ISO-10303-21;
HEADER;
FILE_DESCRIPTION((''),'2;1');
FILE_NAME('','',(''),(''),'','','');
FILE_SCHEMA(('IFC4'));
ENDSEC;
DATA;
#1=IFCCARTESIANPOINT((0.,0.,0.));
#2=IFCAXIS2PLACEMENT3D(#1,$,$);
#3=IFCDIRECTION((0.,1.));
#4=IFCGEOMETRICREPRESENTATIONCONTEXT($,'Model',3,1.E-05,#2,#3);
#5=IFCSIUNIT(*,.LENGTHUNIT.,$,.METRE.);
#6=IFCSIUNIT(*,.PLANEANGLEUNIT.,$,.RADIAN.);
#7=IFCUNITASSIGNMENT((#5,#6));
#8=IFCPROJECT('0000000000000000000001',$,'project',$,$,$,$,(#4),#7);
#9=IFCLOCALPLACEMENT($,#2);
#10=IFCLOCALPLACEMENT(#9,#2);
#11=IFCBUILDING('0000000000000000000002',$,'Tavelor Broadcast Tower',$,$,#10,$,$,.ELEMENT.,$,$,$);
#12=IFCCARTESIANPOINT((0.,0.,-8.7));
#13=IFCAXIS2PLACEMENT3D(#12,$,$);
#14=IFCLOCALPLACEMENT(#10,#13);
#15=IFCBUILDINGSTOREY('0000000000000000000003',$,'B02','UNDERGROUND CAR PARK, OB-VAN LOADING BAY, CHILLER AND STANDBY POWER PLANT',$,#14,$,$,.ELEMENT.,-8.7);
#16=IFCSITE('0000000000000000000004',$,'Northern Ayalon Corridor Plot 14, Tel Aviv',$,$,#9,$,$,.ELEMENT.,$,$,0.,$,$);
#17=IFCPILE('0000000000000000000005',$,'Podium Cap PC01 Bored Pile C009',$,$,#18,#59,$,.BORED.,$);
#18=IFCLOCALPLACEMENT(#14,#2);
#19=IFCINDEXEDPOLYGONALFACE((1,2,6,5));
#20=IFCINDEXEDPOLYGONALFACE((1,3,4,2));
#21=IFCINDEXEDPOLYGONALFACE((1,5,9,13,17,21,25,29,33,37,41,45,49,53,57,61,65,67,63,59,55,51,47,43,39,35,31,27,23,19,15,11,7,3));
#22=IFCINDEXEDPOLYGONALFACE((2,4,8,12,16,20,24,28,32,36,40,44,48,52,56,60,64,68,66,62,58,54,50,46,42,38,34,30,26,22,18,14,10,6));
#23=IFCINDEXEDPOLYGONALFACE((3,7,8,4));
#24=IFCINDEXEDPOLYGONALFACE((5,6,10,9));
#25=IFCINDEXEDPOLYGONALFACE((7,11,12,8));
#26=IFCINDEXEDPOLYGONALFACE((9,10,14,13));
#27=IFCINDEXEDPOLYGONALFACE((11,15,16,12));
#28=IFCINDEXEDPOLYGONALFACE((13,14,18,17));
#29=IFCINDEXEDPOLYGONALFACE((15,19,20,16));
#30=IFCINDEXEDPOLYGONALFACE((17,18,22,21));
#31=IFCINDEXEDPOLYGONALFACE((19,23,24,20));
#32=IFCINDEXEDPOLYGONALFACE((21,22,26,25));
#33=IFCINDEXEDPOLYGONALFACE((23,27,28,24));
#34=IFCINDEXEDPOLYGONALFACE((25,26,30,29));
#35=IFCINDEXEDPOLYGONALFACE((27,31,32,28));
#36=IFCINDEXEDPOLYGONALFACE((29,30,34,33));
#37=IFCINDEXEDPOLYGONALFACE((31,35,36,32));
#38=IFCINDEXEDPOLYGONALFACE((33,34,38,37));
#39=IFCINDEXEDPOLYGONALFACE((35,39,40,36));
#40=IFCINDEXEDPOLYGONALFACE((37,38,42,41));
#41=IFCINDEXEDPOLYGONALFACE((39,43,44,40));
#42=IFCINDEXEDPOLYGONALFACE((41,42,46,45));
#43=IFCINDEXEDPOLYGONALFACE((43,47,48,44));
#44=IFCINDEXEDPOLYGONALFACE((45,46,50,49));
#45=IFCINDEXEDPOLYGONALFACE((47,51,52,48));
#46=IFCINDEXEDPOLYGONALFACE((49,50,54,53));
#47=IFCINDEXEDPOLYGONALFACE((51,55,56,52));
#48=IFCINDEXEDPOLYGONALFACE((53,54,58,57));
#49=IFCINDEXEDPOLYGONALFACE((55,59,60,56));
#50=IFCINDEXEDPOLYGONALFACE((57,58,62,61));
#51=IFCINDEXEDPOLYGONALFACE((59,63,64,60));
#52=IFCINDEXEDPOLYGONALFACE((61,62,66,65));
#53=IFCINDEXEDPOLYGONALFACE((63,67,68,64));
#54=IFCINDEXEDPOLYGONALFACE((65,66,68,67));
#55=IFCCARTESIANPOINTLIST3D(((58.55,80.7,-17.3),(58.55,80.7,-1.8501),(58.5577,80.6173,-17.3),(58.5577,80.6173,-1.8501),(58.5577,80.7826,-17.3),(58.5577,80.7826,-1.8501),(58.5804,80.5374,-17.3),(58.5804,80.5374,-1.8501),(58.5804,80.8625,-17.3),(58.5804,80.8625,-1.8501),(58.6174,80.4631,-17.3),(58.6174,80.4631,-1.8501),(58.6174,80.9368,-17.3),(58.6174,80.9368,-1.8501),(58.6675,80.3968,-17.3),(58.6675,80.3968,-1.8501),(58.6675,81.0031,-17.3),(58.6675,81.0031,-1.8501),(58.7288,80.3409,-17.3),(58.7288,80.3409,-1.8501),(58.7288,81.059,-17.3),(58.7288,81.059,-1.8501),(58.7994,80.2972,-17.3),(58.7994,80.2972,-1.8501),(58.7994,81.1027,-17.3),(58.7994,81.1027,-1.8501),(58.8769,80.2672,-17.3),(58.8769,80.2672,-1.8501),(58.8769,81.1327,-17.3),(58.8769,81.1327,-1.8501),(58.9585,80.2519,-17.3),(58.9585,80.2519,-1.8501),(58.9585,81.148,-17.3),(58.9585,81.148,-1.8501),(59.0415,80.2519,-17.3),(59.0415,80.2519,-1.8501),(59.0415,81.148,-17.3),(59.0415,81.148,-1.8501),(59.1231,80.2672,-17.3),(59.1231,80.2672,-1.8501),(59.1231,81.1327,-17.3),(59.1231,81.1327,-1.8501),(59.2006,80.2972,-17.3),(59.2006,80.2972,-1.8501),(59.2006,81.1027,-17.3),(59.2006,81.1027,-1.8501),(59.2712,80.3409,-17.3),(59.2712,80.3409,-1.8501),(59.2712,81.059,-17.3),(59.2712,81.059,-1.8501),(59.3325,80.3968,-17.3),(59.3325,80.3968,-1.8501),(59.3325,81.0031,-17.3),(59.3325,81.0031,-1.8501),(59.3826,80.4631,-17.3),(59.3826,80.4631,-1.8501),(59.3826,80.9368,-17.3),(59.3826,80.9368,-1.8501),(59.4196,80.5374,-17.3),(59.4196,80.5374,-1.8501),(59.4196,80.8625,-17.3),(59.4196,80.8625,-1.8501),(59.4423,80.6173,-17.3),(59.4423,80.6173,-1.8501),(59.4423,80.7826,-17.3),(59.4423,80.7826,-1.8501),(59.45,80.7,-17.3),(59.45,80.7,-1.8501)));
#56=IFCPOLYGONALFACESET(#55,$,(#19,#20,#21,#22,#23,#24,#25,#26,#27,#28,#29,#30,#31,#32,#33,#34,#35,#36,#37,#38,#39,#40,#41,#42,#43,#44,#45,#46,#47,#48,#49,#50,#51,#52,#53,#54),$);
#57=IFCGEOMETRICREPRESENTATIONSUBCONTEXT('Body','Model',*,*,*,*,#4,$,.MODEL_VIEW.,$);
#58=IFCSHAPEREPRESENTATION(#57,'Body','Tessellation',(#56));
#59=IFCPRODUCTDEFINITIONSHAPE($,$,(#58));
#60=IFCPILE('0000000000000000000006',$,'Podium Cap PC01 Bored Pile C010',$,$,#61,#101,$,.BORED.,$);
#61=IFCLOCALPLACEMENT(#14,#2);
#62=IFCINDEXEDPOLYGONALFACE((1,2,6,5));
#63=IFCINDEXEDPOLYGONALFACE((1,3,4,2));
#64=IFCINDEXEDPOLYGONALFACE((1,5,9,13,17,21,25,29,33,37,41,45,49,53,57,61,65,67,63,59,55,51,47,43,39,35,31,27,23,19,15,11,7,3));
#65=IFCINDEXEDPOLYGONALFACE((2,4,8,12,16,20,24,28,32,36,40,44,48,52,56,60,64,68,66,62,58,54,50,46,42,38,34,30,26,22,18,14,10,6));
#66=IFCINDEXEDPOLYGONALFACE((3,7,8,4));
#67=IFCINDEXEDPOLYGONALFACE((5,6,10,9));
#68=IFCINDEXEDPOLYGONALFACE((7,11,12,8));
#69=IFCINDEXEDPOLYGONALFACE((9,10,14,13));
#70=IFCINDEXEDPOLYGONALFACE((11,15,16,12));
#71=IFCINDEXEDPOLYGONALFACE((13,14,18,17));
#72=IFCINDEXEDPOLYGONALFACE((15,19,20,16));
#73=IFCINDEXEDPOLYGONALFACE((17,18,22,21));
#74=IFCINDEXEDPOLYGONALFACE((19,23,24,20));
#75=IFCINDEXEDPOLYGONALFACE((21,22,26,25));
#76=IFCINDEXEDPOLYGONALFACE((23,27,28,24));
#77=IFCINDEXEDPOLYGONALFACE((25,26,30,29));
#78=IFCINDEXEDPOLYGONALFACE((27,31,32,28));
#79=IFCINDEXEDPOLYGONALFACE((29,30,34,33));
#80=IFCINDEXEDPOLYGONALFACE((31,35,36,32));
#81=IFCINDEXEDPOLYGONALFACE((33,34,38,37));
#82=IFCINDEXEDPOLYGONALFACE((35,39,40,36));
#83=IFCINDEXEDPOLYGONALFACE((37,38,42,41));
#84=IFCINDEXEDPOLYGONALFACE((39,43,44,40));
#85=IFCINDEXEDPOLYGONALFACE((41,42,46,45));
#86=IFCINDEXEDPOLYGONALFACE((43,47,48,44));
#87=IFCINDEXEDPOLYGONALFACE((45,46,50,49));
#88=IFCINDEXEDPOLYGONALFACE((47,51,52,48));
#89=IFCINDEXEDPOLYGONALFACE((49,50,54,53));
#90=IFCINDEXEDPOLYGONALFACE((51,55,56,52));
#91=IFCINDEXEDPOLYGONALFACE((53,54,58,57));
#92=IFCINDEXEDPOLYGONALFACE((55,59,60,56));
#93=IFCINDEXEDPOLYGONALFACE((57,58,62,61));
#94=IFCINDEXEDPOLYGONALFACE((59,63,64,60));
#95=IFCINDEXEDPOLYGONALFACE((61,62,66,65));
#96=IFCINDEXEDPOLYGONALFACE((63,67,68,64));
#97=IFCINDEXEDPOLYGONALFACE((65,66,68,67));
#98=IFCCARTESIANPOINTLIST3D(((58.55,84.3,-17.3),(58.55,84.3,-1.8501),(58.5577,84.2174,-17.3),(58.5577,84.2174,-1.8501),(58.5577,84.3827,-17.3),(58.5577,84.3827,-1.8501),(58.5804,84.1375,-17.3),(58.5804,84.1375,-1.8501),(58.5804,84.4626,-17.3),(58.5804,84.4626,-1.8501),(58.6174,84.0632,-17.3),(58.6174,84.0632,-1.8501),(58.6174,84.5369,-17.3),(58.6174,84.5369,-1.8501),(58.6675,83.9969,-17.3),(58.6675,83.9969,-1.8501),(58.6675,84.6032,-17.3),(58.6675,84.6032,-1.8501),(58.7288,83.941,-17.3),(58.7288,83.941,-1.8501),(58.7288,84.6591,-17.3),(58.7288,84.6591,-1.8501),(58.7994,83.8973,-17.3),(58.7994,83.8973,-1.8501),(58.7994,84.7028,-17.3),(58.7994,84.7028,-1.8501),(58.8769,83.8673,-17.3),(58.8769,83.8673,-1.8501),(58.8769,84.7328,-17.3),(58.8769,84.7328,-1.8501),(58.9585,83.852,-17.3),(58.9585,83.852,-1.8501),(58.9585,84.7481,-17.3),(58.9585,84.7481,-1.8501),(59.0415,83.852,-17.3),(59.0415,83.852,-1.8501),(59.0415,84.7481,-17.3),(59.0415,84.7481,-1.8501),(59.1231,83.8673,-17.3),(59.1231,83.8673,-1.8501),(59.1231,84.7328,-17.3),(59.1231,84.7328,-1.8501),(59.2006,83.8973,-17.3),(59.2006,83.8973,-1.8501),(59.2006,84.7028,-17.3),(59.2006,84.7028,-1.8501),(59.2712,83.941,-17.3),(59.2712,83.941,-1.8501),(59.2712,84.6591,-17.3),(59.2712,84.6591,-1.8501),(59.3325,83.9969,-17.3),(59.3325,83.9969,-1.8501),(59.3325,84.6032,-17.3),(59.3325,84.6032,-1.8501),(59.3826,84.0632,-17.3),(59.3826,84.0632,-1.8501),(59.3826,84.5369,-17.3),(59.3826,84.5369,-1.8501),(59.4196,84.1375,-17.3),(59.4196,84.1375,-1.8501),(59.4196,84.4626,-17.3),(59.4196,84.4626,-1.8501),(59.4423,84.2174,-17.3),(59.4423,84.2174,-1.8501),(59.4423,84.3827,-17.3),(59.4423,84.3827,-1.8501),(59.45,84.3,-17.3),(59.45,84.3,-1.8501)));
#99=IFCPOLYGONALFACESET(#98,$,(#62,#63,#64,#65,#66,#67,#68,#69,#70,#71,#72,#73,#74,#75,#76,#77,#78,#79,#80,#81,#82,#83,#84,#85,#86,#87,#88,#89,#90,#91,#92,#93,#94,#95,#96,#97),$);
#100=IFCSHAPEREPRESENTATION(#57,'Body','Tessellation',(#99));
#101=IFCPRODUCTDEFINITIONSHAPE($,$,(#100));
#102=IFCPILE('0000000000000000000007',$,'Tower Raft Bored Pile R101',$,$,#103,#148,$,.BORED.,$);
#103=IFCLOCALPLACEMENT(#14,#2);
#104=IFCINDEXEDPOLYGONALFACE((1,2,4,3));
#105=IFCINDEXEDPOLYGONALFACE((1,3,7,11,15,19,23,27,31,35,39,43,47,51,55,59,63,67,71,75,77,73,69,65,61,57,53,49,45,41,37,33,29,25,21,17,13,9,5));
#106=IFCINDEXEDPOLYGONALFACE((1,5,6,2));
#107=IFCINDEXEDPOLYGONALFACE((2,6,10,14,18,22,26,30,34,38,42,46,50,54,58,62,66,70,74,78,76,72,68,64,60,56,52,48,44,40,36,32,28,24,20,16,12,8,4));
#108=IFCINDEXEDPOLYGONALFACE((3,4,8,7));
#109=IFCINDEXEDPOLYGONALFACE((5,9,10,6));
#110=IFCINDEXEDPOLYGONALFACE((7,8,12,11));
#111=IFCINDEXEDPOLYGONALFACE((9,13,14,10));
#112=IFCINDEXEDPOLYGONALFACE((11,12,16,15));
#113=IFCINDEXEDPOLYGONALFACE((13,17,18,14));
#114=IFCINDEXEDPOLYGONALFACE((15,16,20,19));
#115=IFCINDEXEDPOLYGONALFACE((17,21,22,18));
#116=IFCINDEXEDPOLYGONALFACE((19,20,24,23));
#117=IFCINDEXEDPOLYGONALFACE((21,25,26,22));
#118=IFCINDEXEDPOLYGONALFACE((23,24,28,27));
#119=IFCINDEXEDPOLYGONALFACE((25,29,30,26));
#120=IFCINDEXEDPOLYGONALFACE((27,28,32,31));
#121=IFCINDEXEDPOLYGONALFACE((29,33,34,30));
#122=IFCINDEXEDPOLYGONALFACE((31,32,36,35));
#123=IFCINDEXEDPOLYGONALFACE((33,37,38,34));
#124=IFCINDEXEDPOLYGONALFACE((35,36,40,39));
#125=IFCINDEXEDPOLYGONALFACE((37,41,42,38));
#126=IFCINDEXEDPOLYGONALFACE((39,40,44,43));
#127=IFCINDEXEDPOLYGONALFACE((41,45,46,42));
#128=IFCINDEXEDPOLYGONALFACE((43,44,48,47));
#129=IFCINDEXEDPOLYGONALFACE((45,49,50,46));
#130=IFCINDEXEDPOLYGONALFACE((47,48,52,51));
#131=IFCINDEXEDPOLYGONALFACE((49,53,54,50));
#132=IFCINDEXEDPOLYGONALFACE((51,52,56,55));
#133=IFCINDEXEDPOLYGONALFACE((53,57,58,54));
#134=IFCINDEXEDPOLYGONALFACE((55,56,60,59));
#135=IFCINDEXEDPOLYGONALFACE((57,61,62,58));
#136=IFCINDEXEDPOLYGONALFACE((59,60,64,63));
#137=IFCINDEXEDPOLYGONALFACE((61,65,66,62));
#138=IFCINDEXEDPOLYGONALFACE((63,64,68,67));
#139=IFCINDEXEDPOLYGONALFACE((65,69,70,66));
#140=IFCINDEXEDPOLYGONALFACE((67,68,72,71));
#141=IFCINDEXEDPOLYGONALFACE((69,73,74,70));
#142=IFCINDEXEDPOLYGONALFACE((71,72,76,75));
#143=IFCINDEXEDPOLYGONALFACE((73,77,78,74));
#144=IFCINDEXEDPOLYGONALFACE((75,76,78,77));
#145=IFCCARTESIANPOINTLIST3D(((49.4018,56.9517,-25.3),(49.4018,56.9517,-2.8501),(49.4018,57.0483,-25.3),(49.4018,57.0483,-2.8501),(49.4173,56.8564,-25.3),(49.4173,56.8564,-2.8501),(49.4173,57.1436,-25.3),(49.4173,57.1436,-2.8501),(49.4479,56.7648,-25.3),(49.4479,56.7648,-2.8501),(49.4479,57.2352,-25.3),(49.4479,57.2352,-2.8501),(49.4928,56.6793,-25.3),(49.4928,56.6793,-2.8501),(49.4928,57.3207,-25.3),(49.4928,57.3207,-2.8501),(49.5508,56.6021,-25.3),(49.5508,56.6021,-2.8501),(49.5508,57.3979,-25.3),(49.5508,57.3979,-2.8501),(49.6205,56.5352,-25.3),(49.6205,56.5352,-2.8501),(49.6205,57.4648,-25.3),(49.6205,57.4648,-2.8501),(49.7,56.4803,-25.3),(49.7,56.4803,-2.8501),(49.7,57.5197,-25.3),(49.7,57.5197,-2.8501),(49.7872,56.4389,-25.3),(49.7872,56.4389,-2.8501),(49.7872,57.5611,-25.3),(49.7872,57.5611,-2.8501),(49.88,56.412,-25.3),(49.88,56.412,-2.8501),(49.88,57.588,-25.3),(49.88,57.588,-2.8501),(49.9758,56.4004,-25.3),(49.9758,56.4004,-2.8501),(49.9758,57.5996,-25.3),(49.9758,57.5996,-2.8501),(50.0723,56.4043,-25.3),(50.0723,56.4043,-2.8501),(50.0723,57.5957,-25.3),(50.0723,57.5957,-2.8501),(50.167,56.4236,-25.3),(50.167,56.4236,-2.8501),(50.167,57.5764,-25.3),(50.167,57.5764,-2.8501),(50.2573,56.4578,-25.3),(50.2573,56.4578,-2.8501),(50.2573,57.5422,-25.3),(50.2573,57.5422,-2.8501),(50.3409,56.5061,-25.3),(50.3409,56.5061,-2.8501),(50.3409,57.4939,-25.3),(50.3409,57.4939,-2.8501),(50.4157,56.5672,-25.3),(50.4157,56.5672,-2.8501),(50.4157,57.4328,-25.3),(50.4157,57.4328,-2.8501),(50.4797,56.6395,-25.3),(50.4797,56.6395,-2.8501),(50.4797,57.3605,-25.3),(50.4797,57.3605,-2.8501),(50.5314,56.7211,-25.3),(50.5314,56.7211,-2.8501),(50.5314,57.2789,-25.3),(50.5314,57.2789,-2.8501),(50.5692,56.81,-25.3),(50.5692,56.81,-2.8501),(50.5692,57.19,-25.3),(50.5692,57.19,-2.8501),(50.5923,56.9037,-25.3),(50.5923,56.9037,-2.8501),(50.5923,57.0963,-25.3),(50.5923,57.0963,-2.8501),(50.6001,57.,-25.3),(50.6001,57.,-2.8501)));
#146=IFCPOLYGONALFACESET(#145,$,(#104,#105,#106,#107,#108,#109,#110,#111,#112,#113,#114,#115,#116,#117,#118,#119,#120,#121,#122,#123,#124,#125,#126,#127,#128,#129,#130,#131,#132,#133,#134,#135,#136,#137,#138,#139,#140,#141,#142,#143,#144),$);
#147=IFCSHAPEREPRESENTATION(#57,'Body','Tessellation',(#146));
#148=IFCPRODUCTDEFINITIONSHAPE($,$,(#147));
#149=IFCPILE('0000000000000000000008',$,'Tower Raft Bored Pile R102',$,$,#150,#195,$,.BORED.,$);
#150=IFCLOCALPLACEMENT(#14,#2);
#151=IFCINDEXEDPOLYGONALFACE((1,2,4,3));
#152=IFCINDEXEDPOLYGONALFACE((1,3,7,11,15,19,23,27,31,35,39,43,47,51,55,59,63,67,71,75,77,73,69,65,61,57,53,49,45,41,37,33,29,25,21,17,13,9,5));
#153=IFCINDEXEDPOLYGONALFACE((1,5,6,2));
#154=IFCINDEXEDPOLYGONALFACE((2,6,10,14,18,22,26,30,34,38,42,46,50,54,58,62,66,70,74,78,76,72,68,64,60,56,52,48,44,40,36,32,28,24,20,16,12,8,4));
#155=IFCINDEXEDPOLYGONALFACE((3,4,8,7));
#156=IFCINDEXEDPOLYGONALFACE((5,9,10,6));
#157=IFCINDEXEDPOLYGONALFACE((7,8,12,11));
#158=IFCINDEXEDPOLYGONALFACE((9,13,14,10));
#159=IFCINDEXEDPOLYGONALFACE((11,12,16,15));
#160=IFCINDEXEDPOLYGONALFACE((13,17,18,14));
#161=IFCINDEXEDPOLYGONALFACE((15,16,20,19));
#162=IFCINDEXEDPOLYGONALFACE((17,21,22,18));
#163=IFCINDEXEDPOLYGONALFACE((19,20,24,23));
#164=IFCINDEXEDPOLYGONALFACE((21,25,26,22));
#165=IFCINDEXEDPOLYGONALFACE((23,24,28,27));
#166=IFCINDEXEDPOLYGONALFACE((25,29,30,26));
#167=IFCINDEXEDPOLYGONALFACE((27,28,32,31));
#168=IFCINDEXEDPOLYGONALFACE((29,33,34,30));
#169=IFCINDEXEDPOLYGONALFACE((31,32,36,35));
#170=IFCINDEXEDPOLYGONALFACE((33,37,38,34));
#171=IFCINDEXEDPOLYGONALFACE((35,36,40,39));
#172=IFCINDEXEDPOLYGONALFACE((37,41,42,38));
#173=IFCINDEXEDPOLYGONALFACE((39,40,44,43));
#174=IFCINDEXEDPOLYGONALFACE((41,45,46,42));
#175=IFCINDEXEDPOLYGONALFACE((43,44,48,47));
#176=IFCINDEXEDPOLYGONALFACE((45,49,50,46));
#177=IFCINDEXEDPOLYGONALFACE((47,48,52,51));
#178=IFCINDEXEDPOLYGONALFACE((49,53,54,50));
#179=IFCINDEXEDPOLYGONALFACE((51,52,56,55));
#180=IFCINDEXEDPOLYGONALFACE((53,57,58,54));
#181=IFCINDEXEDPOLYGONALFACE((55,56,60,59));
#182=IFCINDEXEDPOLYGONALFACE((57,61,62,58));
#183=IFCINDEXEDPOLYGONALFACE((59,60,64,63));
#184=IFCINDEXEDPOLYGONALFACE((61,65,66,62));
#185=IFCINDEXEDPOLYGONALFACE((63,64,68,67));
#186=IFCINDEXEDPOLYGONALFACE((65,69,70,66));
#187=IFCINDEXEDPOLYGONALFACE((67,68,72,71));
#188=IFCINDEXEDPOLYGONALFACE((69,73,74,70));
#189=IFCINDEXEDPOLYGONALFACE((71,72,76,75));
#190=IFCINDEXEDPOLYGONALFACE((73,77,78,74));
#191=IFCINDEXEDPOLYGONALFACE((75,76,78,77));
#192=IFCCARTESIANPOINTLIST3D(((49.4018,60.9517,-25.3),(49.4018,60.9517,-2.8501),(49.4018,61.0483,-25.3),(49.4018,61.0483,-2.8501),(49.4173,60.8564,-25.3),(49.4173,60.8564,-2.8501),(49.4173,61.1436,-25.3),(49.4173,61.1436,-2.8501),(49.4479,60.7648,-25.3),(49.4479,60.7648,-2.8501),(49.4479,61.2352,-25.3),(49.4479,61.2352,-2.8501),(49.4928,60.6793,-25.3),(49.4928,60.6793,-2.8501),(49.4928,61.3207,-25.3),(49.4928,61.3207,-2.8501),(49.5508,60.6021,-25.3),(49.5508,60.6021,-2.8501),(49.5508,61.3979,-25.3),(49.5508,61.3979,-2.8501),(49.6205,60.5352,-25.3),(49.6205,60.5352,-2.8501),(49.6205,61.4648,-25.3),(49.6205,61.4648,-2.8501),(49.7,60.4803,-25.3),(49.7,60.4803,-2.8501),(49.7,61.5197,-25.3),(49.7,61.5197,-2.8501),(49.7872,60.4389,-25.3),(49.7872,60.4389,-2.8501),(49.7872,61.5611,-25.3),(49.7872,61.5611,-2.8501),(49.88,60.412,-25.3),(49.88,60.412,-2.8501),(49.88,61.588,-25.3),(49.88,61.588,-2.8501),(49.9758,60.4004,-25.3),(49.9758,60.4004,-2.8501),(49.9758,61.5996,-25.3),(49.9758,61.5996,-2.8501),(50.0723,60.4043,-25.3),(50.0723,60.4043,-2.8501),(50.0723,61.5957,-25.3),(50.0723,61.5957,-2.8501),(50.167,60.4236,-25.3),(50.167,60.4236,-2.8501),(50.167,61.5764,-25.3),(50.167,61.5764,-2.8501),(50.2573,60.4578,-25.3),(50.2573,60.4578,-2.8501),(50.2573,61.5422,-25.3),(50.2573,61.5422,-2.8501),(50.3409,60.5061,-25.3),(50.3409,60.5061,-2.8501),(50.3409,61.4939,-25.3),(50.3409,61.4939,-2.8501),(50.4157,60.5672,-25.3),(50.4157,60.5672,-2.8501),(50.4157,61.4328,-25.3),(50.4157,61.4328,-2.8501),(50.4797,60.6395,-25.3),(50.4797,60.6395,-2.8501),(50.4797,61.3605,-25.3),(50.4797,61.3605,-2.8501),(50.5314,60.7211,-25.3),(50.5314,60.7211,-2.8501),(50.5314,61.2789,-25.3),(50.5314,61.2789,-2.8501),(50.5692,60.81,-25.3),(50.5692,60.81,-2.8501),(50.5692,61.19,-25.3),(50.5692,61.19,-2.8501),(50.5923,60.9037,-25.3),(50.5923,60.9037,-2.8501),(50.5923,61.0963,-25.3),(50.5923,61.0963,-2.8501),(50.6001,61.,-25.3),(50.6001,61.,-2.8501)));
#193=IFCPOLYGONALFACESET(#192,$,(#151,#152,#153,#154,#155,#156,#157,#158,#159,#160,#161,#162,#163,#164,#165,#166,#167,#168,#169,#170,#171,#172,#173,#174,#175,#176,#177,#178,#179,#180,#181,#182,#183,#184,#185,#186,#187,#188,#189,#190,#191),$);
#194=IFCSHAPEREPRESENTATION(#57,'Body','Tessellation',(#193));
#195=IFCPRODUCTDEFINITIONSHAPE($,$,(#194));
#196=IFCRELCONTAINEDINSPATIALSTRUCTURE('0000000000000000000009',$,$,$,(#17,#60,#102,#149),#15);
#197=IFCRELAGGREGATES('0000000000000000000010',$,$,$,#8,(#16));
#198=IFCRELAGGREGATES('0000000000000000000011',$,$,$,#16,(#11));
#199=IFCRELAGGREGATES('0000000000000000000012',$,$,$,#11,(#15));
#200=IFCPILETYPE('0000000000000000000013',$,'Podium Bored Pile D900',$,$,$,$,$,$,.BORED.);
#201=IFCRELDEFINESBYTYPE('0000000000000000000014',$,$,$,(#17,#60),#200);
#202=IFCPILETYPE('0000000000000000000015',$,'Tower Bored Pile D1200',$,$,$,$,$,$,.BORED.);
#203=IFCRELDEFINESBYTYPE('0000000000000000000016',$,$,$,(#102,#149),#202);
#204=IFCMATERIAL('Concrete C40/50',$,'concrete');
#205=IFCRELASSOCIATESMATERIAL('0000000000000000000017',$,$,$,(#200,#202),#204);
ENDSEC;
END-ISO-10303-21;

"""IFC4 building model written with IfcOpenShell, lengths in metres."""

from ifc_helpers import new_model, si_unit, direction, frame, origin, origin_2d, place, context, subcontext, project, spatial, circle, extrude, material, material_profile, profile_set, type_object, element, save


model = new_model("IFC4")

# Units and contexts
model_context = context("Model", 3, precision=1e-05, world=origin(), true_north=direction((0.0, 1.0)))
body_context = subcontext(model_context, "Body", "Model", "MODEL_VIEW")
ifc_project = project(units=[si_unit("LENGTHUNIT", "METRE"), si_unit("PLANEANGLEUNIT", "RADIAN")], contexts=[model_context])

# Site, building, storey
site_placement = place(None, origin())
site = spatial("IfcSite", under=ifc_project, at=site_placement, Name="Northern Ayalon Corridor Plot 14, Tel Aviv", CompositionType="ELEMENT", RefElevation=0.0)
building_placement = place(site_placement, origin())
building = spatial("IfcBuilding", under=site, at=building_placement, Name="Tavelor Broadcast Tower", CompositionType="ELEMENT")
storey_placement = place(building_placement, frame((0.0, 0.0, -8.7)))
storey = spatial("IfcBuildingStorey", under=building, at=storey_placement, Name="B02", Description="UNDERGROUND CAR PARK, OB-VAN LOADING BAY, CHILLER AND STANDBY POWER PLANT", CompositionType="ELEMENT", Elevation=-8.7)

# Shared definitions
ifc_material_1 = material(Name="Concrete C40/50", Category="concrete")

# Piles
ifc_material_profile_1 = material_profile(ifc_material_1, circle(Radius=0.45, at=origin_2d()), Name="PILE D900")
ifc_profile_set_1 = profile_set([ifc_material_profile_1], Name="Concrete C40/50")
pile_type_1 = type_object("IfcPileType", Name="Podium Bored Pile D900", PredefinedType="BORED", material=ifc_profile_set_1)
for number, where, z_axis, x_axis, name in (
    (1, (59.0, 80.7, -1.8501), (0.0, 0.0, -1.0), (1.0, 0.0, 0.0), "Podium Cap PC01 Bored Pile C009"),
    (2, (59.0, 84.3, -1.8501), (0.0, 0.0, -1.0), (1.0, 0.0, 0.0), "Podium Cap PC01 Bored Pile C010"),
):
    element("IfcPile", number, at=place(storey_placement, frame(where, z_axis=z_axis, x_axis=x_axis)), inside=storey, type_object=pile_type_1, Name=name, PredefinedType="BORED", context=body_context, shape_type="SweptSolid", body=[
        extrude(circle(Radius=0.45, at=origin_2d()), origin(), (0.0, 0.0, 1.0), 15.45),
    ])
ifc_material_profile_2 = material_profile(ifc_material_1, circle(Radius=0.6001, at=origin_2d()), Name="PILE D1200")
ifc_profile_set_2 = profile_set([ifc_material_profile_2], Name="Concrete C40/50")
pile_type_2 = type_object("IfcPileType", Name="Tower Bored Pile D1200", PredefinedType="BORED", material=ifc_profile_set_2)
for number, where, z_axis, x_axis, name in (
    (3, (50.0, 57.0, -2.8501), (0.0, 0.0, -1.0), (1.0, 0.0, 0.0), "Tower Raft Bored Pile R101"),
    (4, (50.0, 61.0, -2.8501), (0.0, 0.0, -1.0), (1.0, 0.0, 0.0), "Tower Raft Bored Pile R102"),
):
    element("IfcPile", number, at=place(storey_placement, frame(where, z_axis=z_axis, x_axis=x_axis)), inside=storey, type_object=pile_type_2, Name=name, PredefinedType="BORED", context=body_context, shape_type="SweptSolid", body=[
        extrude(circle(Radius=0.6001, at=origin_2d()), origin(), (0.0, 0.0, 1.0), 22.45),
    ])

save(model, "model.ifc")
